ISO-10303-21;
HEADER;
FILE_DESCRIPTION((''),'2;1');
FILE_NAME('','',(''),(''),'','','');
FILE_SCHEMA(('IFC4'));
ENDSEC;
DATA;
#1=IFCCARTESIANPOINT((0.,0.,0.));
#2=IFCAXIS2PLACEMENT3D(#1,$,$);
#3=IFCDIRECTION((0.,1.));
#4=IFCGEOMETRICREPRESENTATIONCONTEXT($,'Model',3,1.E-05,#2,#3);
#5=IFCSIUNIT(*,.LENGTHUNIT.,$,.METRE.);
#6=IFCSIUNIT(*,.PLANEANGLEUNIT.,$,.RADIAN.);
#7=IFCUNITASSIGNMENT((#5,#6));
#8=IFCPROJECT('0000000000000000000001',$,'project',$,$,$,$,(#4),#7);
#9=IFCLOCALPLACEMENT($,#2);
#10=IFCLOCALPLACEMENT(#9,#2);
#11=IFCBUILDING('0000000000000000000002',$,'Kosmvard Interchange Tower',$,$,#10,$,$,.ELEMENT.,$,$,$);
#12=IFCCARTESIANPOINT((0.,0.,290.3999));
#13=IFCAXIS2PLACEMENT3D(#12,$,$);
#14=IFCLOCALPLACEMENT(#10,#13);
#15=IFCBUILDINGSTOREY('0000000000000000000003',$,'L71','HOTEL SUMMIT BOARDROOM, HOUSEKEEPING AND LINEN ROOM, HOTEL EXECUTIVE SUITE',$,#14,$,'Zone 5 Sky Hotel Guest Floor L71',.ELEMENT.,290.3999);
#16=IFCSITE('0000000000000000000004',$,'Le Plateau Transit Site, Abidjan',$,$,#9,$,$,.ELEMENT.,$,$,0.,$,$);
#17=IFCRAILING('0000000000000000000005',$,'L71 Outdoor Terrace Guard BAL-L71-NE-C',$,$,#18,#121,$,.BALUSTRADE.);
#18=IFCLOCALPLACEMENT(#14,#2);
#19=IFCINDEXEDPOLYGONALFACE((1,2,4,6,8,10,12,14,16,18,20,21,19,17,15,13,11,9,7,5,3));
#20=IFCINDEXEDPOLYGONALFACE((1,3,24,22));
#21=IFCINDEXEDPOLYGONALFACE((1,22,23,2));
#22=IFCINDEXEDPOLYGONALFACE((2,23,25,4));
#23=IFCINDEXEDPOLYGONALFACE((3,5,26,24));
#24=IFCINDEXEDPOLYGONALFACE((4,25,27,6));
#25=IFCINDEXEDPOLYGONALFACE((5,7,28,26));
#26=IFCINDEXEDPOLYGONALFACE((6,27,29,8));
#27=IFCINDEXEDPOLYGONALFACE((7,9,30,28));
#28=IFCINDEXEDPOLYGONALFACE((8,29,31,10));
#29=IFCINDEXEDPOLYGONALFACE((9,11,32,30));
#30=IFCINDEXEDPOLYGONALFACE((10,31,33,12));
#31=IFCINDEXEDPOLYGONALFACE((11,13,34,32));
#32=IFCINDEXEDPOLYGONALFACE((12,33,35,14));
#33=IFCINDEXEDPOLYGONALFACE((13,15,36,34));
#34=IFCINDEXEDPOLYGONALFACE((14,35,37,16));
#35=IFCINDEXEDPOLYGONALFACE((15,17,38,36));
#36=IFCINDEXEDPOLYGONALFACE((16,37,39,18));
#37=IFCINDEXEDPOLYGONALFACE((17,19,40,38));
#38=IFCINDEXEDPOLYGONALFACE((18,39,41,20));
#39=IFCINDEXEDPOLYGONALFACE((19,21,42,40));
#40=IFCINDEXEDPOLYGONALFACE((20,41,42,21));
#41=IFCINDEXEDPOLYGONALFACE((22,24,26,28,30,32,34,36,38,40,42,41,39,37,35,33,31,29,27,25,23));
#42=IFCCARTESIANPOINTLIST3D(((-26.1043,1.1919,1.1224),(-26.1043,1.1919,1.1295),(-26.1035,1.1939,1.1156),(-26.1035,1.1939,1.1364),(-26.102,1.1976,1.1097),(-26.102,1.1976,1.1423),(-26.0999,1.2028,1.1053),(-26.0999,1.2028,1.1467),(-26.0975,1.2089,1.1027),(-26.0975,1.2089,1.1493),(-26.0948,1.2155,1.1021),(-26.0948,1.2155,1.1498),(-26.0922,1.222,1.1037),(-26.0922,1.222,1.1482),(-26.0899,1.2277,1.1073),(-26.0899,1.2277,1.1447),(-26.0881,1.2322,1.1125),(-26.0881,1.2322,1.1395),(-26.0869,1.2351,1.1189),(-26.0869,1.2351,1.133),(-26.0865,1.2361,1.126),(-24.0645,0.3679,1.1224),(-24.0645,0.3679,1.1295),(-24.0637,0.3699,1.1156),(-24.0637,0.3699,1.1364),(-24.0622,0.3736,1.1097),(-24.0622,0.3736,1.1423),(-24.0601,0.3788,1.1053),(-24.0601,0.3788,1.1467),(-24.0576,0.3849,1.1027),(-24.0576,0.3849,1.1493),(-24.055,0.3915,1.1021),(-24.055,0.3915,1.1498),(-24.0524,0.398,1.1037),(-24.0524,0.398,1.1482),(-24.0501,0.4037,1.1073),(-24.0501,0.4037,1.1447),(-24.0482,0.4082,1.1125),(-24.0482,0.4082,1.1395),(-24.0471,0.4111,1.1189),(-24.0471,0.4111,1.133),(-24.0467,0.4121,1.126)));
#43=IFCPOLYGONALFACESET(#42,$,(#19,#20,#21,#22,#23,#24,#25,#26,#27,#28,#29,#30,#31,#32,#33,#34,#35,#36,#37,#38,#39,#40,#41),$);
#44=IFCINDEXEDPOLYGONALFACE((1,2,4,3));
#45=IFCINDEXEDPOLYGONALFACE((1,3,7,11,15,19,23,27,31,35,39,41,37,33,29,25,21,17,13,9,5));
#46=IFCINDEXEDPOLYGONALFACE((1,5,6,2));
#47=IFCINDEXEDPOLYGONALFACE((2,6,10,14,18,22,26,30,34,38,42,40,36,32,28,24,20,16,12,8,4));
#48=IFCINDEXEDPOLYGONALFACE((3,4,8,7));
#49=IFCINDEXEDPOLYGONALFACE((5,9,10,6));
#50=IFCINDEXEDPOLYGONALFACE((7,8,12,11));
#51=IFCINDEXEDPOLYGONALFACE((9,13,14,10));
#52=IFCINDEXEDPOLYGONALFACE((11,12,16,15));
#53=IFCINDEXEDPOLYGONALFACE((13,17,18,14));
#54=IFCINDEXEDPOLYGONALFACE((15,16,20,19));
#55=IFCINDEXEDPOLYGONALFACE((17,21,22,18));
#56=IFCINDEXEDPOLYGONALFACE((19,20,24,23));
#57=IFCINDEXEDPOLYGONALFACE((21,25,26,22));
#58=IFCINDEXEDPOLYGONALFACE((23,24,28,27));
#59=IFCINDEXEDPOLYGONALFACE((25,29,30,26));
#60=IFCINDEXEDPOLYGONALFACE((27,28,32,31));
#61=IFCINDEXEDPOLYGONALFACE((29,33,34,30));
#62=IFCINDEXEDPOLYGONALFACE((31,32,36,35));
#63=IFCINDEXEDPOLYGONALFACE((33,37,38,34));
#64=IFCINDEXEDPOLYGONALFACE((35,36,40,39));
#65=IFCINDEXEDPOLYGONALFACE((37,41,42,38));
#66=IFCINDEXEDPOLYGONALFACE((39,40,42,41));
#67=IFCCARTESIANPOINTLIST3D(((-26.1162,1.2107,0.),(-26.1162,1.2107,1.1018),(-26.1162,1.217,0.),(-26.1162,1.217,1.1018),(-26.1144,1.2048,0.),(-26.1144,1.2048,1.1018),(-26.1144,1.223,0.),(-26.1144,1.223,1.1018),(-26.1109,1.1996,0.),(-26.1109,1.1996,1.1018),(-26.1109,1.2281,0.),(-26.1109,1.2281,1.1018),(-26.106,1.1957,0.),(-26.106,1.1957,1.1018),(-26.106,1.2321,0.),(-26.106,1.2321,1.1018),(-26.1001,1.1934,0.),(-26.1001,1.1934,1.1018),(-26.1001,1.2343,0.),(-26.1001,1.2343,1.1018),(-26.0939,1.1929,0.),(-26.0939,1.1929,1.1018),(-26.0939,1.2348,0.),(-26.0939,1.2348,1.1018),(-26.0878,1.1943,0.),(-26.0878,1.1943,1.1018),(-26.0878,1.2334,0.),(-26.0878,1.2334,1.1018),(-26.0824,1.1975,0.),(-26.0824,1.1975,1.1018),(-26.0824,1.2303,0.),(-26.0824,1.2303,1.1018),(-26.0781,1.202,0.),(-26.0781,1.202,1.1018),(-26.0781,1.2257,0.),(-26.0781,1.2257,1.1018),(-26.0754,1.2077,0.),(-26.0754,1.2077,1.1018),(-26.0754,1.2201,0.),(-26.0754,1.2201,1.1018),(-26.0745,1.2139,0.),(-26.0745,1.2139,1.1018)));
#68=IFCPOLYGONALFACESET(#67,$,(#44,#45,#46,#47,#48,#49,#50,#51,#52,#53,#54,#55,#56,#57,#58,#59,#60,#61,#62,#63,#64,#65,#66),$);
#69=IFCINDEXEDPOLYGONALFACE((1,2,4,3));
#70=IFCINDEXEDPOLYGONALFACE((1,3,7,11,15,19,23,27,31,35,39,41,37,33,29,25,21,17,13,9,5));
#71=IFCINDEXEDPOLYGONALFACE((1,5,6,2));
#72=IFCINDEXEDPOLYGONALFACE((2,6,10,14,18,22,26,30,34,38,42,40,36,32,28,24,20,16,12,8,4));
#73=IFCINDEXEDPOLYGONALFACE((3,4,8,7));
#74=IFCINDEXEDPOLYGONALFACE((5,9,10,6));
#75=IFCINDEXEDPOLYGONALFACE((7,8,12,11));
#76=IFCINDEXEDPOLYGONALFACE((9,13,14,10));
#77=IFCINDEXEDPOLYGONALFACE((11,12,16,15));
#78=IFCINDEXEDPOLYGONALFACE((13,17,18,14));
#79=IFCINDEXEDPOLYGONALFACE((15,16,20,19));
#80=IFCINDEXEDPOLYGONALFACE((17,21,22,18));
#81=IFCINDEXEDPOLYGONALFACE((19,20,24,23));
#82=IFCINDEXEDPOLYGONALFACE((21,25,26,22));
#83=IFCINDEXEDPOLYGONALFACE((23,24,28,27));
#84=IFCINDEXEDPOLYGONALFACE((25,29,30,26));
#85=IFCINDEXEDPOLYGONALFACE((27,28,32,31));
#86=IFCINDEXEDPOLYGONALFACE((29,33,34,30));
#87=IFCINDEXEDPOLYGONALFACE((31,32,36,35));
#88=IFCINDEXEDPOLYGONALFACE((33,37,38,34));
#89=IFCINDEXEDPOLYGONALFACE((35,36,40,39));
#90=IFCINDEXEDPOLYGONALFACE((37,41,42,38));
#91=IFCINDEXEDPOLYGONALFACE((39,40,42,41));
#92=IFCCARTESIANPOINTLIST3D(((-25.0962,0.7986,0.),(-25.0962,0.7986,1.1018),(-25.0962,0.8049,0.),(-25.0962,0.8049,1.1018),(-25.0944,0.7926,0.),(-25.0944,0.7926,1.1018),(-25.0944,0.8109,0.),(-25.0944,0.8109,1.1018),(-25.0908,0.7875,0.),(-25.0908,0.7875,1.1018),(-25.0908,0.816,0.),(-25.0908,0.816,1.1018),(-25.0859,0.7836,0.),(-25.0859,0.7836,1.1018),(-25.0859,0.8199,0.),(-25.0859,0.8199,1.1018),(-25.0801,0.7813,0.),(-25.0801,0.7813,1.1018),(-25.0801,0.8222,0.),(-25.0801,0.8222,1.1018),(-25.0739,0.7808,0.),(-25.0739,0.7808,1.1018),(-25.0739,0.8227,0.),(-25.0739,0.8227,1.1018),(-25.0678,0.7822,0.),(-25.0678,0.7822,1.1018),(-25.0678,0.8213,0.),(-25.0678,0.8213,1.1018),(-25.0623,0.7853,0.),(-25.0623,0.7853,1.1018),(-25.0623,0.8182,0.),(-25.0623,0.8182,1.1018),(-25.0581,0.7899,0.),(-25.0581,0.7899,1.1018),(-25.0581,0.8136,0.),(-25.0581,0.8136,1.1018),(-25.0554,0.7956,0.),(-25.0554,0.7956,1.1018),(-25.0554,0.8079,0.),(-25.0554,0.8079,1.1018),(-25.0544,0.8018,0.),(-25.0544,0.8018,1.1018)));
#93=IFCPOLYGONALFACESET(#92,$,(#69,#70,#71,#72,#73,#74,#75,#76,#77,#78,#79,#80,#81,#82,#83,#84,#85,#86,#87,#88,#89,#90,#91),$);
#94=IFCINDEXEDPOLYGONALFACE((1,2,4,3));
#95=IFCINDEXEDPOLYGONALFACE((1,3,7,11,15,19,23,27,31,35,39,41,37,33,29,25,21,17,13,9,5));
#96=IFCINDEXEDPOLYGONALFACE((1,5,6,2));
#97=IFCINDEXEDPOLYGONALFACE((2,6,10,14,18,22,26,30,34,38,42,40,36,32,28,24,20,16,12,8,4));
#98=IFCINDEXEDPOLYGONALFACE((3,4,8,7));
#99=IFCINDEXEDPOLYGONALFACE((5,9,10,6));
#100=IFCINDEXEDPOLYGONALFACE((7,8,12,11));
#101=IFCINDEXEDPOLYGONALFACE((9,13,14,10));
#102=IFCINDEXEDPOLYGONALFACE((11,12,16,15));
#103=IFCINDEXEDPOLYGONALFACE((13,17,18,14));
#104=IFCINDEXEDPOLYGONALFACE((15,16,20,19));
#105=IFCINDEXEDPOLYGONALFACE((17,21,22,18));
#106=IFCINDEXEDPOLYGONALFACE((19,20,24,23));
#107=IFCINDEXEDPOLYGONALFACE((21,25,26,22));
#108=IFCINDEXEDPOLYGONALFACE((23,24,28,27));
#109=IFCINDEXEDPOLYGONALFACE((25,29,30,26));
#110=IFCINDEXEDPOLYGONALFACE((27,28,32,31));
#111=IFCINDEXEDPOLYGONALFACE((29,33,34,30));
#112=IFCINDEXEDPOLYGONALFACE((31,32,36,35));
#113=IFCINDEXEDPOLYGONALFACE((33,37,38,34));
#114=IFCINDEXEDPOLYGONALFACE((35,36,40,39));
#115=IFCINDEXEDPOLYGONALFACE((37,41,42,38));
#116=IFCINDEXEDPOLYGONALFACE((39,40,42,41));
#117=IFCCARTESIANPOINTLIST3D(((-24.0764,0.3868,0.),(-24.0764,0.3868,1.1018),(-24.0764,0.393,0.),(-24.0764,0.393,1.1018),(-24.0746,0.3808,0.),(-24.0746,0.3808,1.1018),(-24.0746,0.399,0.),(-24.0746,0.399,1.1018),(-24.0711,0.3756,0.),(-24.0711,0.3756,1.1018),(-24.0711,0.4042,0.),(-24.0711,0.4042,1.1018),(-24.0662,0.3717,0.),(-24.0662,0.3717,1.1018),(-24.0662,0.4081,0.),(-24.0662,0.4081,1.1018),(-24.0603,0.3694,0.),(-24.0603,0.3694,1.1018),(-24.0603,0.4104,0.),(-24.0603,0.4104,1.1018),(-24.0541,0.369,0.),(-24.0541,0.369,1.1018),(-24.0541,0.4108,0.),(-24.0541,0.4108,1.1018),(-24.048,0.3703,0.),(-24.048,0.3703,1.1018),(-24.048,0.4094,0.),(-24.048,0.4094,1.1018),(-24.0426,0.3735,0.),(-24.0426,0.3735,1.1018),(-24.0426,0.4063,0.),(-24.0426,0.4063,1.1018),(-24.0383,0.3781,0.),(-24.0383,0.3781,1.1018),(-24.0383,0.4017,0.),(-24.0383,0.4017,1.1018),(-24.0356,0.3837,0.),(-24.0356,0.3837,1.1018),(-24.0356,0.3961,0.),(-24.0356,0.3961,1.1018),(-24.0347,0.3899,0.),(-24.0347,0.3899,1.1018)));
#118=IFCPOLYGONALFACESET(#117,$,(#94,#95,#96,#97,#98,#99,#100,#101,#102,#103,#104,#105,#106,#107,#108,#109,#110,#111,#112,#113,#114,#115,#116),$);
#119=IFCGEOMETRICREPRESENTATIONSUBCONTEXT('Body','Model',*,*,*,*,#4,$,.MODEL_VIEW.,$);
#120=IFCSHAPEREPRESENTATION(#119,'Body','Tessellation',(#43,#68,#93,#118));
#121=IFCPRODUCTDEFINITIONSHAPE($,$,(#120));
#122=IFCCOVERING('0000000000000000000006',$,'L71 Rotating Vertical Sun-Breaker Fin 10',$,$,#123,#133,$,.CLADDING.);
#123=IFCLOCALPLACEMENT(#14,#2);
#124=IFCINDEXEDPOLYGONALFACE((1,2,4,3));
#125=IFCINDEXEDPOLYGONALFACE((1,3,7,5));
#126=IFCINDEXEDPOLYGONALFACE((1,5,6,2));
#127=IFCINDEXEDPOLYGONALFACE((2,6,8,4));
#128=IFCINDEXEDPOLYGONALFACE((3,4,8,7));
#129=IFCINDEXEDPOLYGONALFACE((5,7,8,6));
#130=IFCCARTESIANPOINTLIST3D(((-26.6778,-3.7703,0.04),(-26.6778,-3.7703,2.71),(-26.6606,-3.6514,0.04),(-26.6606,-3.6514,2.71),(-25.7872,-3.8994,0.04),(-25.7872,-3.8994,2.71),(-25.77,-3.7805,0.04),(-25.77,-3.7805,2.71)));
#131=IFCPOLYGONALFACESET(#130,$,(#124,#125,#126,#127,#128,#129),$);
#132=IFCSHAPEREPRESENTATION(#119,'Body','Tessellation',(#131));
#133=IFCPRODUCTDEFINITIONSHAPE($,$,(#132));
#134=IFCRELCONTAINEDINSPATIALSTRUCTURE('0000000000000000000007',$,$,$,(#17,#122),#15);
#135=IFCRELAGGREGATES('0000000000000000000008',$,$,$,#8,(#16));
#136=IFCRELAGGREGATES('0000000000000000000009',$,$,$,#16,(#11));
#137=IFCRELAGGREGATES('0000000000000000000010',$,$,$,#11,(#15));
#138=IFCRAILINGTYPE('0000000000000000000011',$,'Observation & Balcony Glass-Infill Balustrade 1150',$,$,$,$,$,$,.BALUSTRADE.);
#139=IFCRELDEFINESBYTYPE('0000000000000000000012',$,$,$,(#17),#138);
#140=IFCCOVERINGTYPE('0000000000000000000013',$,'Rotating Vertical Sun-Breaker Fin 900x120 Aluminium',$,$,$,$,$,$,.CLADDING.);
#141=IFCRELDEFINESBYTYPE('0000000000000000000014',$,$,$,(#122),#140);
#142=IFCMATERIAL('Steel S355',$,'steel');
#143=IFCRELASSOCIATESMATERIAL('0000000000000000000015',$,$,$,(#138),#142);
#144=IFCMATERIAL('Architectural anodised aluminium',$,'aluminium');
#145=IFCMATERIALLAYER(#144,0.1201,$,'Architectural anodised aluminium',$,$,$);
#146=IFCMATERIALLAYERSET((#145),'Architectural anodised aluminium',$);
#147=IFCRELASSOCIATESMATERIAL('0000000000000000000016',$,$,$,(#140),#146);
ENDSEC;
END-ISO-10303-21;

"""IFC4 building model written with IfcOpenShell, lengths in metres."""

from ifc_helpers import new_model, si_unit, direction, frame, origin, origin_2d, place, context, subcontext, project, spatial, rectangle, circle, extrude, source, transform, mapped, material, layer, layer_set, type_object, element, save


model = new_model("IFC4")

# Units and contexts
model_context = context("Model", 3, precision=1e-05, world=origin(), true_north=direction((0.0, 1.0)))
body_context = subcontext(model_context, "Body", "Model", "MODEL_VIEW")
ifc_project = project(units=[si_unit("LENGTHUNIT", "METRE"), si_unit("PLANEANGLEUNIT", "RADIAN")], contexts=[model_context])

# Site, building, storey
site_placement = place(None, origin())
site = spatial("IfcSite", under=ifc_project, at=site_placement, Name="Le Plateau Transit Site, Abidjan", CompositionType="ELEMENT", RefElevation=0.0)
building_placement = place(site_placement, origin())
building = spatial("IfcBuilding", under=site, at=building_placement, Name="Kosmvard Interchange Tower", CompositionType="ELEMENT")
storey_placement = place(building_placement, frame((0.0, 0.0, 290.3999)))
storey = spatial("IfcBuildingStorey", under=building, at=storey_placement, Name="L71", Description="HOTEL SUMMIT BOARDROOM, HOUSEKEEPING AND LINEN ROOM, HOTEL EXECUTIVE SUITE", LongName="Zone 5 Sky Hotel Guest Floor L71", CompositionType="ELEMENT", Elevation=290.3999)

# Shared definitions
ifc_material_1 = material(Name="Steel S355", Category="steel")

# Railing
railing_type = type_object("IfcRailingType", Name="Observation & Balcony Glass-Infill Balustrade 1150", PredefinedType="BALUSTRADE", material=ifc_material_1)
shared_shape_1 = source(origin(), body_context, "Body", "SweptSolid", [
    extrude(circle(Radius=0.0239, at=origin_2d()), frame((0.0, 0.0, 1.126), z_axis=(0.927208, -0.374546, 0.0), x_axis=(0.374546, 0.927208, 0.0)), (0.0, 0.0, 1.0), 2.2),
    extrude(circle(Radius=0.021, at=origin_2d()), origin(), (0.0, 0.0, 1.0), 1.1018),
    extrude(circle(Radius=0.021, at=origin_2d()), frame((1.02, -0.4121, 0.0)), (0.0, 0.0, 1.0), 1.1018),
    extrude(circle(Radius=0.021, at=origin_2d()), frame((2.0398, -0.824, 0.0)), (0.0, 0.0, 1.0), 1.1018),
])
railing_placement = place(storey_placement, frame((-26.0955, 1.2139, 0.0)))
element("IfcRailing", 1, at=railing_placement, inside=storey, type_object=railing_type, Name="L71 Outdoor Terrace Guard BAL-L71-NE-C", PredefinedType="BALUSTRADE", context=body_context, shape_type="MappedRepresentation", body=[
    mapped(shared_shape_1, transform((0.0, 0.0, 0.0), scale=1.0)),
])

# Covering
ifc_material_2 = material(Name="Architectural anodised aluminium", Category="aluminium")
ifc_layer_1 = layer(ifc_material_2, 0.1201, Name="Architectural anodised aluminium")
ifc_layer_set_1 = layer_set([ifc_layer_1], Name="Architectural anodised aluminium")
covering_type = type_object("IfcCoveringType", Name="Rotating Vertical Sun-Breaker Fin 900x120 Aluminium", PredefinedType="CLADDING", material=ifc_layer_set_1)
shared_shape_2 = source(origin(), body_context, "Body", "SweptSolid", [
    extrude(rectangle(XDim=0.8999, YDim=0.1201, at=origin_2d()), origin(), (0.0, 0.0, 1.0), 2.6699),
])
covering_placement = place(storey_placement, frame((-26.2239, -3.7754, 0.04), z_axis=(0.0, 0.0, 1.0), x_axis=(-0.989651, 0.143493, 0.0)))
element("IfcCovering", 2, at=covering_placement, inside=storey, type_object=covering_type, Name="L71 Rotating Vertical Sun-Breaker Fin 10", PredefinedType="CLADDING", context=body_context, shape_type="MappedRepresentation", body=[
    mapped(shared_shape_2, transform((0.0, 0.0, 0.0), scale=1.0)),
])

save(model, "model.ifc")
